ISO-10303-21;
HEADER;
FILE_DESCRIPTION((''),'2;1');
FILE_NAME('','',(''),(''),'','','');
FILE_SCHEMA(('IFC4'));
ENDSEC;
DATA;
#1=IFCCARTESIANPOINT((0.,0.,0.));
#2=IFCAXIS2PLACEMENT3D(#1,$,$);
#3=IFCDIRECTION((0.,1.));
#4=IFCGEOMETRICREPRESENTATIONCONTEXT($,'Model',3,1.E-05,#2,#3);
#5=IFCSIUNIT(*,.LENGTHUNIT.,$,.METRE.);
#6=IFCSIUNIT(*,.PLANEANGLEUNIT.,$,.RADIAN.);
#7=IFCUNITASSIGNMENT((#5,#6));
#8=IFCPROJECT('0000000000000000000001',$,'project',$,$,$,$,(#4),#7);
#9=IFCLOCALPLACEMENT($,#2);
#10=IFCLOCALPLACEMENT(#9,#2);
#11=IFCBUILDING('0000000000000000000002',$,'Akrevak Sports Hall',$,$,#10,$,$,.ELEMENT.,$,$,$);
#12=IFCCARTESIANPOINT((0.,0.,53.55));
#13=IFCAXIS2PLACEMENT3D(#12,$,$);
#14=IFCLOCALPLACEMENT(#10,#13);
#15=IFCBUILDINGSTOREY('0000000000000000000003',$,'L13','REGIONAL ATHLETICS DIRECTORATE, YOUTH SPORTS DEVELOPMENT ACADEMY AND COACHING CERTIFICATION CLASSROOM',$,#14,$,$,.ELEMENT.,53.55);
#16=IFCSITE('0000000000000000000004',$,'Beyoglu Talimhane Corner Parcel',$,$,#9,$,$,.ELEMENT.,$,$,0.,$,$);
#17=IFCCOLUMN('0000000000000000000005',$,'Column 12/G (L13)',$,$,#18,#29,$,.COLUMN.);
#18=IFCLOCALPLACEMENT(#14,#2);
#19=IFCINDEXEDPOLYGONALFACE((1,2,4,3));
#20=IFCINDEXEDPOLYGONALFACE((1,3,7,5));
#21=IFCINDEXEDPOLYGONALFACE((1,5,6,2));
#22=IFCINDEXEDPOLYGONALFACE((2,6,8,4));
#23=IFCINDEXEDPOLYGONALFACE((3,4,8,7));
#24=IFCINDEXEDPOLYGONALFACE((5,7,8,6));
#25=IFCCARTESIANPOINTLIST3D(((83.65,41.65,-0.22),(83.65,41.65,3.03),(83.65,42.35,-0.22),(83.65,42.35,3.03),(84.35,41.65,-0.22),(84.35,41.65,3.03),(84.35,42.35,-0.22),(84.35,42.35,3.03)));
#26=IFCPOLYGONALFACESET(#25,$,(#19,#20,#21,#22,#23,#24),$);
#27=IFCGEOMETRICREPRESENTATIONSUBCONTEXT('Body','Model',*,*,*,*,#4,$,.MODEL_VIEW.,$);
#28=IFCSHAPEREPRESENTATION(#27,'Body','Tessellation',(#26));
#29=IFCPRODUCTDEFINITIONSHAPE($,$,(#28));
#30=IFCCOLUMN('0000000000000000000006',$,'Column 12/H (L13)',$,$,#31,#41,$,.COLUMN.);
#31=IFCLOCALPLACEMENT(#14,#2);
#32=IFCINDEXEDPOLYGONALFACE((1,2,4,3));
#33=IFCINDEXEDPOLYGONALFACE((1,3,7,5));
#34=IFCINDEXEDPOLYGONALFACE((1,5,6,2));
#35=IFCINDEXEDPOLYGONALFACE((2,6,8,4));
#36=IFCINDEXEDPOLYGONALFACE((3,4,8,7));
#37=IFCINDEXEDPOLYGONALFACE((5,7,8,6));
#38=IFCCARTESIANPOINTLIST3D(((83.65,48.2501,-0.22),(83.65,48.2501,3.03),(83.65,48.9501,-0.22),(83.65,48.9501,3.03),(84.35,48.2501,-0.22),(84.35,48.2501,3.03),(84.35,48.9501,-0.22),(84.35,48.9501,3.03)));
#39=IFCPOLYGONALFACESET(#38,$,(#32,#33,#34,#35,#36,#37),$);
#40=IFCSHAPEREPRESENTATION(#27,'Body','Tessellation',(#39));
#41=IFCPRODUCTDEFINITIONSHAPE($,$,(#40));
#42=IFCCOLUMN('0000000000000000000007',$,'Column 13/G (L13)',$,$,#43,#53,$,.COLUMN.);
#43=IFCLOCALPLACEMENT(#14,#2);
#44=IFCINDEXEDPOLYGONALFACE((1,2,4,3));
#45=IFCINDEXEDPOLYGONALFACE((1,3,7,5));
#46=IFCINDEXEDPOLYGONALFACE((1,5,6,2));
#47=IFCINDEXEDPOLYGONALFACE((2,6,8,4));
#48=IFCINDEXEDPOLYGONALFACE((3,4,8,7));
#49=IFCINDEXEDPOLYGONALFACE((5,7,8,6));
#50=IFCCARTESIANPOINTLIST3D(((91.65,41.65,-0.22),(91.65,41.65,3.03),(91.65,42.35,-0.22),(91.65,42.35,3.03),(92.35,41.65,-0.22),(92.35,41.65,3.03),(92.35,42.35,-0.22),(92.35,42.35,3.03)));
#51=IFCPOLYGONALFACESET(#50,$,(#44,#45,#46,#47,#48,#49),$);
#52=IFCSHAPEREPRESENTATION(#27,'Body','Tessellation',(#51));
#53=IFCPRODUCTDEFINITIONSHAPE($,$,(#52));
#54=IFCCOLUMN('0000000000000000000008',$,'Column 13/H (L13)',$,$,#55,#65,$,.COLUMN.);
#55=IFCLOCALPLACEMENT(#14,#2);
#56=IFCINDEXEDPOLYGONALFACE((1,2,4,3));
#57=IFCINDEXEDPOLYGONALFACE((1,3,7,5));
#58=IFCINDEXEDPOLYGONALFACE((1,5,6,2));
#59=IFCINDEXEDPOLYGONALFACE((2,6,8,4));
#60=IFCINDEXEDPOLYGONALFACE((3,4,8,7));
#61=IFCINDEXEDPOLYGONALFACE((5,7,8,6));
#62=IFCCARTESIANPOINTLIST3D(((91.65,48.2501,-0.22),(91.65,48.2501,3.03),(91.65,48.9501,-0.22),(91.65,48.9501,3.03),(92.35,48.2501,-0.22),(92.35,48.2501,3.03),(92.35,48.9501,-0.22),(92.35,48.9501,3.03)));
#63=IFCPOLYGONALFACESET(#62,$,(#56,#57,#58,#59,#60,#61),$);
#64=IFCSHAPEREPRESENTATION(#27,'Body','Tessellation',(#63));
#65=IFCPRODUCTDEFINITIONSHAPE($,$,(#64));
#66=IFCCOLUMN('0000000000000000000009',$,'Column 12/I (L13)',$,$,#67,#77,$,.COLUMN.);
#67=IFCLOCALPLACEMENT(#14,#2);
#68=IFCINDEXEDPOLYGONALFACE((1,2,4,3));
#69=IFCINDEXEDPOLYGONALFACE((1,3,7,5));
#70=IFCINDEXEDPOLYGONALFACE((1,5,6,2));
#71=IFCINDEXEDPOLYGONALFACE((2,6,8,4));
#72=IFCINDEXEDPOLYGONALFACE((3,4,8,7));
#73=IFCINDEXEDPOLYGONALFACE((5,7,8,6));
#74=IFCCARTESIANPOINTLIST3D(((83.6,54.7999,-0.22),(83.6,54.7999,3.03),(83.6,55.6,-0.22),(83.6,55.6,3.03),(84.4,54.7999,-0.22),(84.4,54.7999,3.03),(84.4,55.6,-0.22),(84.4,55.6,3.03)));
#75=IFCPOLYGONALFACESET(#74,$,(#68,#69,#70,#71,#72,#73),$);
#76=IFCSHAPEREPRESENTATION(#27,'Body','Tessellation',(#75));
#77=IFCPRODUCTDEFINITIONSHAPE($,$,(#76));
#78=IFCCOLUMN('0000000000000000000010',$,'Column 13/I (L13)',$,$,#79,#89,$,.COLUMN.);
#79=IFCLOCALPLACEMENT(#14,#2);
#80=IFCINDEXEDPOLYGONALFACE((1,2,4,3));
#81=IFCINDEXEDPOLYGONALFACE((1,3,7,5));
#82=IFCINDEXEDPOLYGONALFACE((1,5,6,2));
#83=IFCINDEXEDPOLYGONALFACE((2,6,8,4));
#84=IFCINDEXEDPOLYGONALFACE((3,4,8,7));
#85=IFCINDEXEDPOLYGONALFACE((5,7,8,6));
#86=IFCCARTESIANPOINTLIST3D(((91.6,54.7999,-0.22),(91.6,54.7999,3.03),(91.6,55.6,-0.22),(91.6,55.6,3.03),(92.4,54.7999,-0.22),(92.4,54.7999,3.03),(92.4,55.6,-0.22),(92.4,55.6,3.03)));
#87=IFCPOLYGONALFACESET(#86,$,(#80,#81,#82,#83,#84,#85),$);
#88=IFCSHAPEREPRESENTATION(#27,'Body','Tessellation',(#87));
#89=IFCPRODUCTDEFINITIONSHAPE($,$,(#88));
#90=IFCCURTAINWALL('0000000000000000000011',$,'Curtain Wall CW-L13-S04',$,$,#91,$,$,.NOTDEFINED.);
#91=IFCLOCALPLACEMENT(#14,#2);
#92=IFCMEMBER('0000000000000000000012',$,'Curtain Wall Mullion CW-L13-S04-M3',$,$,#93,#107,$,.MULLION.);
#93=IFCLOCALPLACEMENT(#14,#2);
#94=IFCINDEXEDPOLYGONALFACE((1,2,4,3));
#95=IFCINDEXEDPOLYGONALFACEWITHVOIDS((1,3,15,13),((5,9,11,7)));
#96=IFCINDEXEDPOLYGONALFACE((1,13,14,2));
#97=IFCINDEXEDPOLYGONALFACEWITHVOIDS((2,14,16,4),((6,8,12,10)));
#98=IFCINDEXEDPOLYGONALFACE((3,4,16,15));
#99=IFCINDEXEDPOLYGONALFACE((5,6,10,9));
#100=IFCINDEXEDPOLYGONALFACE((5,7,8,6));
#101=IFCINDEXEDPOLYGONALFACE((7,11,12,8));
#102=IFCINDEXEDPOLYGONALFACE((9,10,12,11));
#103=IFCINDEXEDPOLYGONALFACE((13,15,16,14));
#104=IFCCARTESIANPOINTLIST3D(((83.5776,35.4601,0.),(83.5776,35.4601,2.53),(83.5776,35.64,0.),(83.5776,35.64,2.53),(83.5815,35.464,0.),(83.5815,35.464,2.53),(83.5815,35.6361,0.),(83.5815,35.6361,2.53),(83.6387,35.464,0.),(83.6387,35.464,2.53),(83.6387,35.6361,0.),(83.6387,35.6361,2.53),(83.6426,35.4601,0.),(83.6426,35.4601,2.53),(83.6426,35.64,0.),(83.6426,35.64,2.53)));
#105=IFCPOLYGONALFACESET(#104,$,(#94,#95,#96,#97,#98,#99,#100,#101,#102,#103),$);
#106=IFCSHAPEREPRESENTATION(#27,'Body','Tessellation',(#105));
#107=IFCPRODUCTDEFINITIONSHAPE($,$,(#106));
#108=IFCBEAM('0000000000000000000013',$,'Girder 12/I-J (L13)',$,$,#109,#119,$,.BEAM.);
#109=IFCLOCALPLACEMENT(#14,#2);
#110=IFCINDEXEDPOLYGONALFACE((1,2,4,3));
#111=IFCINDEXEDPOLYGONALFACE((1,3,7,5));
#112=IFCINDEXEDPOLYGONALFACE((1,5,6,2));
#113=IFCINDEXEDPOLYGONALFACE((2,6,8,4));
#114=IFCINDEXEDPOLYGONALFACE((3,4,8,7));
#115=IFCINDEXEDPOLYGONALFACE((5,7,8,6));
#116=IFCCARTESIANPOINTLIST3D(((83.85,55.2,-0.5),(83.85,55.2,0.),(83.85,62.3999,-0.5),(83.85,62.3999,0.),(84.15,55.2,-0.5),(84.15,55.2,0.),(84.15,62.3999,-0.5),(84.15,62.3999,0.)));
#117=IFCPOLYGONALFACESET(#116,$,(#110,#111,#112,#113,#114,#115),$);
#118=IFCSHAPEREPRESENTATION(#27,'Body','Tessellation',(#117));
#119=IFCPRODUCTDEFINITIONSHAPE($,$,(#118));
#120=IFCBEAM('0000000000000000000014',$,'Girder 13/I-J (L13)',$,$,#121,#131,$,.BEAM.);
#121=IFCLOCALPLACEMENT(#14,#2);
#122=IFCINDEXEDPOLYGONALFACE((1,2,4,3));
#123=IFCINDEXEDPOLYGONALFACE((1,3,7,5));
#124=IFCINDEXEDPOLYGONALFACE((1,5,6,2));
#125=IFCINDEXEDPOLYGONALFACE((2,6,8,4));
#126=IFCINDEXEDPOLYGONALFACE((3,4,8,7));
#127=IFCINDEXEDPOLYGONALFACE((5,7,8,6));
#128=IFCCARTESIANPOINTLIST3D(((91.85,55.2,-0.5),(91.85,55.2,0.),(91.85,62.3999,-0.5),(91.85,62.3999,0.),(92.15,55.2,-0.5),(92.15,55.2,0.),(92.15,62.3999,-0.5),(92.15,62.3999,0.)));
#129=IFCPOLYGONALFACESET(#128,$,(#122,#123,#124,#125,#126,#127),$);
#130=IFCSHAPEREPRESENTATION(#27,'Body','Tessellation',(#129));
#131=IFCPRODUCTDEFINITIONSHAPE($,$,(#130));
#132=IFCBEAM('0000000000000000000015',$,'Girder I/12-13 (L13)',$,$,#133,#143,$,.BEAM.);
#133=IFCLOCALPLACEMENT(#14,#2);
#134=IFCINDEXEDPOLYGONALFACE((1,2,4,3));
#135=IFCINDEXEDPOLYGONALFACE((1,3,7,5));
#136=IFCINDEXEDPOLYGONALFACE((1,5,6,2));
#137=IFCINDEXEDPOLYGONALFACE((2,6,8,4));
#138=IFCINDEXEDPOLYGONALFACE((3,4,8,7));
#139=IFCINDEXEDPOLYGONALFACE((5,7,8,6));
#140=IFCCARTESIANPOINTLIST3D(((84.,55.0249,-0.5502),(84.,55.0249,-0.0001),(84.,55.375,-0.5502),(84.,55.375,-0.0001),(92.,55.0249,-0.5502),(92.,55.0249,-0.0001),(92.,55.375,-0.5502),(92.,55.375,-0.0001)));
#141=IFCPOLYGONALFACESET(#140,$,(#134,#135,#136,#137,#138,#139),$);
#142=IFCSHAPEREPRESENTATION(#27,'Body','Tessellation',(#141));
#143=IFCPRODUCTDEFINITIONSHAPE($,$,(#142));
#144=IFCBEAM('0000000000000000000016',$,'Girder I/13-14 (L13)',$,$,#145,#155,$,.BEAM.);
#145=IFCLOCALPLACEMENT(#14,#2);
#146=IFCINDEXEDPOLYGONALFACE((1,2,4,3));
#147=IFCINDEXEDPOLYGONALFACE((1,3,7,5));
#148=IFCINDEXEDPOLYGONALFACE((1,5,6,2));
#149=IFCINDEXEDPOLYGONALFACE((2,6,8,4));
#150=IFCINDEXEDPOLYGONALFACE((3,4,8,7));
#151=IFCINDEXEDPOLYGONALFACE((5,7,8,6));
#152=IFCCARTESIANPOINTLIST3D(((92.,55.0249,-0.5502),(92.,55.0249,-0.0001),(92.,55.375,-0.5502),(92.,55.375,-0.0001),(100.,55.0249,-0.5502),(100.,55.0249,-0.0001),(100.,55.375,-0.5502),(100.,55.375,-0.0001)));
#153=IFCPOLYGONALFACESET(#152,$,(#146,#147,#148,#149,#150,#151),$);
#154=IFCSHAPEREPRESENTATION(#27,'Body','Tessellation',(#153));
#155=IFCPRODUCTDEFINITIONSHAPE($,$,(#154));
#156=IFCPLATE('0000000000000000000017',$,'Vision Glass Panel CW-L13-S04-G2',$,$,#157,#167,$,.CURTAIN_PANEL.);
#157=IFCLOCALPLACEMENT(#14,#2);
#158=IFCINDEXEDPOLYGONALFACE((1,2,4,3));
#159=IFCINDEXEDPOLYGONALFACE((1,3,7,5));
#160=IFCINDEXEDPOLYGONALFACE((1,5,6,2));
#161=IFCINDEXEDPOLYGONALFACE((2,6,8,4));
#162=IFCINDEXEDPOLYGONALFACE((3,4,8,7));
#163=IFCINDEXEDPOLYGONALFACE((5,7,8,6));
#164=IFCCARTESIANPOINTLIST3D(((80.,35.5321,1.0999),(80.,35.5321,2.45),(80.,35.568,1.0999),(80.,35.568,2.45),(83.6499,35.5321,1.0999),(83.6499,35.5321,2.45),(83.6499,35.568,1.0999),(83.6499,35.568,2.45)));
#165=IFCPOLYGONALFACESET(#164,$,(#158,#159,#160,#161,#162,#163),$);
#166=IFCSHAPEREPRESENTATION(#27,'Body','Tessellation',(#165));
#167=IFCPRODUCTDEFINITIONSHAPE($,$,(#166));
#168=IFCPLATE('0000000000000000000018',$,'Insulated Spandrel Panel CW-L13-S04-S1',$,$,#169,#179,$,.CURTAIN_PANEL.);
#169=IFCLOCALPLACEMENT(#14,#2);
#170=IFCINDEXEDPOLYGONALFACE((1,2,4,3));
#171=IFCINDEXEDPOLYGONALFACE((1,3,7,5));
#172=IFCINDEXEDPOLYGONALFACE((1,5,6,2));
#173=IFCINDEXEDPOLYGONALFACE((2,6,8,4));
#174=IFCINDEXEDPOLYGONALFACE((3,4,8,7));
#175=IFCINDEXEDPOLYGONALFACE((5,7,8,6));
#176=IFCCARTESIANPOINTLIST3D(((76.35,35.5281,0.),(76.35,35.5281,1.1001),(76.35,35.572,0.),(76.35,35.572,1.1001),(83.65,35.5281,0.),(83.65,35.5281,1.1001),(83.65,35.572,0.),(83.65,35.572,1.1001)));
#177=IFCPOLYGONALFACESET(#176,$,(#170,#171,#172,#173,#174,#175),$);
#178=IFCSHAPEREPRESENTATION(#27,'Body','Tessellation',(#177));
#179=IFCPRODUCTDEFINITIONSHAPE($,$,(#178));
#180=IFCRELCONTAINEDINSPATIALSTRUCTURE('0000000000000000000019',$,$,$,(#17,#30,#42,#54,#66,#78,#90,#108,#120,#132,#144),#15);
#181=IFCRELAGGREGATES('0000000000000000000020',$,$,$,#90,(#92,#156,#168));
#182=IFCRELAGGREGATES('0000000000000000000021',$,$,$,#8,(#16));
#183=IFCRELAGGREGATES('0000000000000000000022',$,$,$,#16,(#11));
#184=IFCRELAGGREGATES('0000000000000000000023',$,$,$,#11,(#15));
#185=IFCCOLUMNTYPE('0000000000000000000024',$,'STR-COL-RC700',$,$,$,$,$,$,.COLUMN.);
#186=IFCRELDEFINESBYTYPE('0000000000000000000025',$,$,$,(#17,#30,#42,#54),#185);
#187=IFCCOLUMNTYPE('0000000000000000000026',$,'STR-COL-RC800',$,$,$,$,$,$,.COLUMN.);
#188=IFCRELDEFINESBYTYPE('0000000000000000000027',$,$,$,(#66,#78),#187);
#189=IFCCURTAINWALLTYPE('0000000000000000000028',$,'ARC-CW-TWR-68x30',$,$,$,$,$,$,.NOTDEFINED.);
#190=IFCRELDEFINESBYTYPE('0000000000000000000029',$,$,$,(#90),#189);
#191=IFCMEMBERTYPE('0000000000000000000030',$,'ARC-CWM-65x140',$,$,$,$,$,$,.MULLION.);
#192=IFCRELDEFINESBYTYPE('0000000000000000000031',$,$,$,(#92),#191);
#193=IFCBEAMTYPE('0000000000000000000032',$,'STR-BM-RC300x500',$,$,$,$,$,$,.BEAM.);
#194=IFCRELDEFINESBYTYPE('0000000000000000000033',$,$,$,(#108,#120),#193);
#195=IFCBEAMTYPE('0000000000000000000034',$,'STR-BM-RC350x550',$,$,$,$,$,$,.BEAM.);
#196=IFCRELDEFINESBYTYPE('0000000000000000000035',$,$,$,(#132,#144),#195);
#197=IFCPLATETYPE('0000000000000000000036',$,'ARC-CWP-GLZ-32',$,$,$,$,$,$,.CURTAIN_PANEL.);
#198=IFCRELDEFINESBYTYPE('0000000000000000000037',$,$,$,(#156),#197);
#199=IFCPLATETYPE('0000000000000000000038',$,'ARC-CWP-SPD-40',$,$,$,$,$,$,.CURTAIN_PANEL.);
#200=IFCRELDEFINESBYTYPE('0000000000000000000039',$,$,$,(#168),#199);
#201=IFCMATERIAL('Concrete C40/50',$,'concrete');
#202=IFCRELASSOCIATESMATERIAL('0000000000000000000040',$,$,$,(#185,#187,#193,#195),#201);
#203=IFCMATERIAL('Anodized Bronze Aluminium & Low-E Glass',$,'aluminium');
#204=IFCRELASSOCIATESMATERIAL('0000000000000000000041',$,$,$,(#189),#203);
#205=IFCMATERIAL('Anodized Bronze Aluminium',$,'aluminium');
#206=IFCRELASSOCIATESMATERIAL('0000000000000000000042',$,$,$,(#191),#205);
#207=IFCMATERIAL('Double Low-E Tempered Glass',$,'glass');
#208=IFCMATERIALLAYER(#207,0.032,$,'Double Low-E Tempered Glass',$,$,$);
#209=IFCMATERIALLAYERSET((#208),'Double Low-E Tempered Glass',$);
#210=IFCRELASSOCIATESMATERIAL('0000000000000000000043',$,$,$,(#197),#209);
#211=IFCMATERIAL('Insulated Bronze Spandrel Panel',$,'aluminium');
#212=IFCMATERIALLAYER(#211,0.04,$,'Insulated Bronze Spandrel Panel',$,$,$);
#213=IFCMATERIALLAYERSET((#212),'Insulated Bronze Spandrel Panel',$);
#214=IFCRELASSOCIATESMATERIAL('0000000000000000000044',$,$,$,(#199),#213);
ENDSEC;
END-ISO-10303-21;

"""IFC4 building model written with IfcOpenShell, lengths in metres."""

from ifc_helpers import new_model, si_unit, direction, frame, origin, origin_2d, place, context, subcontext, project, spatial, rectangle, hollow_rectangle, extrude, material, layer, layer_set, material_profile, profile_set, type_object, element, aggregate, save


model = new_model("IFC4")

# Units and contexts
model_context = context("Model", 3, precision=1e-05, world=origin(), true_north=direction((0.0, 1.0)))
body_context = subcontext(model_context, "Body", "Model", "MODEL_VIEW")
ifc_project = project(units=[si_unit("LENGTHUNIT", "METRE"), si_unit("PLANEANGLEUNIT", "RADIAN")], contexts=[model_context])

# Site, building, storey
site_placement = place(None, origin())
site = spatial("IfcSite", under=ifc_project, at=site_placement, Name="Beyoglu Talimhane Corner Parcel", CompositionType="ELEMENT", RefElevation=0.0)
building_placement = place(site_placement, origin())
building = spatial("IfcBuilding", under=site, at=building_placement, Name="Akrevak Sports Hall", CompositionType="ELEMENT")
storey_placement = place(building_placement, frame((0.0, 0.0, 53.55)))
storey = spatial("IfcBuildingStorey", under=building, at=storey_placement, Name="L13", Description="REGIONAL ATHLETICS DIRECTORATE, YOUTH SPORTS DEVELOPMENT ACADEMY AND COACHING CERTIFICATION CLASSROOM", CompositionType="ELEMENT", Elevation=53.55)

# Columns
ifc_material_1 = material(Name="Concrete C40/50", Category="concrete")
ifc_material_profile_1 = material_profile(ifc_material_1, rectangle(XDim=0.7, YDim=0.7, at=origin_2d()), Name="RC 700x700", Category="concrete")
ifc_profile_set_1 = profile_set([ifc_material_profile_1], Name="Concrete C40/50")
column_type_1 = type_object("IfcColumnType", Name="STR-COL-RC700", PredefinedType="COLUMN", material=ifc_profile_set_1)
for number, where, z_axis, x_axis, name in (
    (1, (84.0, 42.0, -0.22), (0.0, 0.0, 1.0), (1.0, 0.0, 0.0), "Column 12/G (L13)"),
    (2, (84.0, 48.6001, -0.22), (0.0, 0.0, 1.0), (1.0, 0.0, 0.0), "Column 12/H (L13)"),
    (3, (92.0, 42.0, -0.22), (0.0, 0.0, 1.0), (1.0, 0.0, 0.0), "Column 13/G (L13)"),
    (4, (92.0, 48.6001, -0.22), (0.0, 0.0, 1.0), (1.0, 0.0, 0.0), "Column 13/H (L13)"),
):
    element("IfcColumn", number, at=place(storey_placement, frame(where, z_axis=z_axis, x_axis=x_axis)), inside=storey, type_object=column_type_1, Name=name, PredefinedType="COLUMN", context=body_context, shape_type="SweptSolid", body=[
        extrude(rectangle(XDim=0.7, YDim=0.7, at=origin_2d()), origin(), (0.0, 0.0, 1.0), 3.25),
    ])
ifc_material_profile_2 = material_profile(ifc_material_1, rectangle(XDim=0.8, YDim=0.8, at=origin_2d()), Name="RC 800x800", Category="concrete")
ifc_profile_set_2 = profile_set([ifc_material_profile_2], Name="Concrete C40/50")
column_type_2 = type_object("IfcColumnType", Name="STR-COL-RC800", PredefinedType="COLUMN", material=ifc_profile_set_2)
for number, where, z_axis, x_axis, name in (
    (5, (84.0, 55.2, -0.22), (0.0, 0.0, 1.0), (1.0, 0.0, 0.0), "Column 12/I (L13)"),
    (6, (92.0, 55.2, -0.22), (0.0, 0.0, 1.0), (1.0, 0.0, 0.0), "Column 13/I (L13)"),
):
    element("IfcColumn", number, at=place(storey_placement, frame(where, z_axis=z_axis, x_axis=x_axis)), inside=storey, type_object=column_type_2, Name=name, PredefinedType="COLUMN", context=body_context, shape_type="SweptSolid", body=[
        extrude(rectangle(XDim=0.8, YDim=0.8, at=origin_2d()), origin(), (0.0, 0.0, 1.0), 3.25),
    ])

# Curtain wall, member
ifc_material_2 = material(Name="Anodized Bronze Aluminium & Low-E Glass", Category="aluminium")
curtain_wall_type = type_object("IfcCurtainWallType", Name="ARC-CW-TWR-68x30", PredefinedType="NOTDEFINED", material=ifc_material_2)
curtain_wall_placement = place(storey_placement, origin())
curtain_wall = element("IfcCurtainWall", 7, at=curtain_wall_placement, inside=storey, type_object=curtain_wall_type, Name="Curtain Wall CW-L13-S04", PredefinedType="NOTDEFINED")
ifc_material_3 = material(Name="Anodized Bronze Aluminium", Category="aluminium")
ifc_material_profile_3 = material_profile(ifc_material_3, hollow_rectangle(XDim=0.0649, YDim=0.1799, WallThickness=0.0039, at=origin_2d()), Name="CWM 65x180", Category="aluminium")
ifc_profile_set_3 = profile_set([ifc_material_profile_3], Name="Anodized Bronze Aluminium")
member_type = type_object("IfcMemberType", Name="ARC-CWM-65x140", PredefinedType="MULLION", material=ifc_profile_set_3)
member_placement = place(storey_placement, frame((83.6101, 35.55, 0.0), z_axis=(0.0, 0.0, 1.0), x_axis=(1.0, 0.0, 0.0)))
member = element("IfcMember", 8, at=member_placement, type_object=member_type, Name="Curtain Wall Mullion CW-L13-S04-M3", PredefinedType="MULLION", context=body_context, shape_type="SweptSolid", body=[
    extrude(hollow_rectangle(XDim=0.0649, YDim=0.1799, WallThickness=0.0039, at=origin_2d()), origin(), (0.0, 0.0, 1.0), 2.53),
])

# Beams
ifc_material_profile_4 = material_profile(ifc_material_1, rectangle(XDim=0.3, YDim=0.5, at=origin_2d()), Name="BM 300x500", Category="concrete")
ifc_profile_set_4 = profile_set([ifc_material_profile_4], Name="Concrete C40/50")
beam_type_1 = type_object("IfcBeamType", Name="STR-BM-RC300x500", PredefinedType="BEAM", material=ifc_profile_set_4)
for number, where, z_axis, x_axis, name in (
    (9, (84.0, 55.2, -0.25), (0.0, 1.0, 0.0), (-1.0, 0.0, 0.0), "Girder 12/I-J (L13)"),
    (10, (92.0, 55.2, -0.25), (0.0, 1.0, 0.0), (-1.0, 0.0, 0.0), "Girder 13/I-J (L13)"),
):
    element("IfcBeam", number, at=place(storey_placement, frame(where, z_axis=z_axis, x_axis=x_axis)), inside=storey, type_object=beam_type_1, Name=name, PredefinedType="BEAM", context=body_context, shape_type="SweptSolid", body=[
        extrude(rectangle(XDim=0.3, YDim=0.5, at=origin_2d()), origin(), (0.0, 0.0, 1.0), 7.2),
    ])
ifc_material_profile_5 = material_profile(ifc_material_1, rectangle(XDim=0.3501, YDim=0.55, at=origin_2d()), Name="BM 350x550", Category="concrete")
ifc_profile_set_5 = profile_set([ifc_material_profile_5], Name="Concrete C40/50")
beam_type_2 = type_object("IfcBeamType", Name="STR-BM-RC350x550", PredefinedType="BEAM", material=ifc_profile_set_5)
for number, where, z_axis, x_axis, name in (
    (11, (84.0, 55.2, -0.2751), (1.0, 0.0, 0.0), (0.0, 1.0, 0.0), "Girder I/12-13 (L13)"),
    (12, (92.0, 55.2, -0.2751), (1.0, 0.0, 0.0), (0.0, 1.0, 0.0), "Girder I/13-14 (L13)"),
):
    element("IfcBeam", number, at=place(storey_placement, frame(where, z_axis=z_axis, x_axis=x_axis)), inside=storey, type_object=beam_type_2, Name=name, PredefinedType="BEAM", context=body_context, shape_type="SweptSolid", body=[
        extrude(rectangle(XDim=0.3501, YDim=0.55, at=origin_2d()), origin(), (0.0, 0.0, 1.0), 8.0),
    ])

# Plates
ifc_material_4 = material(Name="Double Low-E Tempered Glass", Category="glass")
ifc_layer_1 = layer(ifc_material_4, 0.032, Name="Double Low-E Tempered Glass")
ifc_layer_set_1 = layer_set([ifc_layer_1], Name="Double Low-E Tempered Glass")
plate_type_1 = type_object("IfcPlateType", Name="ARC-CWP-GLZ-32", PredefinedType="CURTAIN_PANEL", material=ifc_layer_set_1)
plate_1_placement = place(storey_placement, frame((81.825, 35.55, 1.0999), z_axis=(0.0, 0.0, 1.0), x_axis=(1.0, 0.0, 0.0)))
plate_1 = element("IfcPlate", 13, at=plate_1_placement, type_object=plate_type_1, Name="Vision Glass Panel CW-L13-S04-G2", PredefinedType="CURTAIN_PANEL", context=body_context, shape_type="SweptSolid", body=[
    extrude(rectangle(XDim=3.6499, YDim=0.0359, at=origin_2d()), origin(), (0.0, 0.0, 1.0), 1.3501),
])
ifc_material_5 = material(Name="Insulated Bronze Spandrel Panel", Category="aluminium")
ifc_layer_2 = layer(ifc_material_5, 0.04, Name="Insulated Bronze Spandrel Panel")
ifc_layer_set_2 = layer_set([ifc_layer_2], Name="Insulated Bronze Spandrel Panel")
plate_type_2 = type_object("IfcPlateType", Name="ARC-CWP-SPD-40", PredefinedType="CURTAIN_PANEL", material=ifc_layer_set_2)
plate_2_placement = place(storey_placement, frame((80.0, 35.55, 0.0), z_axis=(0.0, 0.0, 1.0), x_axis=(1.0, 0.0, 0.0)))
plate_2 = element("IfcPlate", 14, at=plate_2_placement, type_object=plate_type_2, Name="Insulated Spandrel Panel CW-L13-S04-S1", PredefinedType="CURTAIN_PANEL", context=body_context, shape_type="SweptSolid", body=[
    extrude(rectangle(XDim=7.3, YDim=0.0439, at=origin_2d()), origin(), (0.0, 0.0, 1.0), 1.1001),
])
aggregate(curtain_wall, [member, plate_1, plate_2])

save(model, "model.ifc")
